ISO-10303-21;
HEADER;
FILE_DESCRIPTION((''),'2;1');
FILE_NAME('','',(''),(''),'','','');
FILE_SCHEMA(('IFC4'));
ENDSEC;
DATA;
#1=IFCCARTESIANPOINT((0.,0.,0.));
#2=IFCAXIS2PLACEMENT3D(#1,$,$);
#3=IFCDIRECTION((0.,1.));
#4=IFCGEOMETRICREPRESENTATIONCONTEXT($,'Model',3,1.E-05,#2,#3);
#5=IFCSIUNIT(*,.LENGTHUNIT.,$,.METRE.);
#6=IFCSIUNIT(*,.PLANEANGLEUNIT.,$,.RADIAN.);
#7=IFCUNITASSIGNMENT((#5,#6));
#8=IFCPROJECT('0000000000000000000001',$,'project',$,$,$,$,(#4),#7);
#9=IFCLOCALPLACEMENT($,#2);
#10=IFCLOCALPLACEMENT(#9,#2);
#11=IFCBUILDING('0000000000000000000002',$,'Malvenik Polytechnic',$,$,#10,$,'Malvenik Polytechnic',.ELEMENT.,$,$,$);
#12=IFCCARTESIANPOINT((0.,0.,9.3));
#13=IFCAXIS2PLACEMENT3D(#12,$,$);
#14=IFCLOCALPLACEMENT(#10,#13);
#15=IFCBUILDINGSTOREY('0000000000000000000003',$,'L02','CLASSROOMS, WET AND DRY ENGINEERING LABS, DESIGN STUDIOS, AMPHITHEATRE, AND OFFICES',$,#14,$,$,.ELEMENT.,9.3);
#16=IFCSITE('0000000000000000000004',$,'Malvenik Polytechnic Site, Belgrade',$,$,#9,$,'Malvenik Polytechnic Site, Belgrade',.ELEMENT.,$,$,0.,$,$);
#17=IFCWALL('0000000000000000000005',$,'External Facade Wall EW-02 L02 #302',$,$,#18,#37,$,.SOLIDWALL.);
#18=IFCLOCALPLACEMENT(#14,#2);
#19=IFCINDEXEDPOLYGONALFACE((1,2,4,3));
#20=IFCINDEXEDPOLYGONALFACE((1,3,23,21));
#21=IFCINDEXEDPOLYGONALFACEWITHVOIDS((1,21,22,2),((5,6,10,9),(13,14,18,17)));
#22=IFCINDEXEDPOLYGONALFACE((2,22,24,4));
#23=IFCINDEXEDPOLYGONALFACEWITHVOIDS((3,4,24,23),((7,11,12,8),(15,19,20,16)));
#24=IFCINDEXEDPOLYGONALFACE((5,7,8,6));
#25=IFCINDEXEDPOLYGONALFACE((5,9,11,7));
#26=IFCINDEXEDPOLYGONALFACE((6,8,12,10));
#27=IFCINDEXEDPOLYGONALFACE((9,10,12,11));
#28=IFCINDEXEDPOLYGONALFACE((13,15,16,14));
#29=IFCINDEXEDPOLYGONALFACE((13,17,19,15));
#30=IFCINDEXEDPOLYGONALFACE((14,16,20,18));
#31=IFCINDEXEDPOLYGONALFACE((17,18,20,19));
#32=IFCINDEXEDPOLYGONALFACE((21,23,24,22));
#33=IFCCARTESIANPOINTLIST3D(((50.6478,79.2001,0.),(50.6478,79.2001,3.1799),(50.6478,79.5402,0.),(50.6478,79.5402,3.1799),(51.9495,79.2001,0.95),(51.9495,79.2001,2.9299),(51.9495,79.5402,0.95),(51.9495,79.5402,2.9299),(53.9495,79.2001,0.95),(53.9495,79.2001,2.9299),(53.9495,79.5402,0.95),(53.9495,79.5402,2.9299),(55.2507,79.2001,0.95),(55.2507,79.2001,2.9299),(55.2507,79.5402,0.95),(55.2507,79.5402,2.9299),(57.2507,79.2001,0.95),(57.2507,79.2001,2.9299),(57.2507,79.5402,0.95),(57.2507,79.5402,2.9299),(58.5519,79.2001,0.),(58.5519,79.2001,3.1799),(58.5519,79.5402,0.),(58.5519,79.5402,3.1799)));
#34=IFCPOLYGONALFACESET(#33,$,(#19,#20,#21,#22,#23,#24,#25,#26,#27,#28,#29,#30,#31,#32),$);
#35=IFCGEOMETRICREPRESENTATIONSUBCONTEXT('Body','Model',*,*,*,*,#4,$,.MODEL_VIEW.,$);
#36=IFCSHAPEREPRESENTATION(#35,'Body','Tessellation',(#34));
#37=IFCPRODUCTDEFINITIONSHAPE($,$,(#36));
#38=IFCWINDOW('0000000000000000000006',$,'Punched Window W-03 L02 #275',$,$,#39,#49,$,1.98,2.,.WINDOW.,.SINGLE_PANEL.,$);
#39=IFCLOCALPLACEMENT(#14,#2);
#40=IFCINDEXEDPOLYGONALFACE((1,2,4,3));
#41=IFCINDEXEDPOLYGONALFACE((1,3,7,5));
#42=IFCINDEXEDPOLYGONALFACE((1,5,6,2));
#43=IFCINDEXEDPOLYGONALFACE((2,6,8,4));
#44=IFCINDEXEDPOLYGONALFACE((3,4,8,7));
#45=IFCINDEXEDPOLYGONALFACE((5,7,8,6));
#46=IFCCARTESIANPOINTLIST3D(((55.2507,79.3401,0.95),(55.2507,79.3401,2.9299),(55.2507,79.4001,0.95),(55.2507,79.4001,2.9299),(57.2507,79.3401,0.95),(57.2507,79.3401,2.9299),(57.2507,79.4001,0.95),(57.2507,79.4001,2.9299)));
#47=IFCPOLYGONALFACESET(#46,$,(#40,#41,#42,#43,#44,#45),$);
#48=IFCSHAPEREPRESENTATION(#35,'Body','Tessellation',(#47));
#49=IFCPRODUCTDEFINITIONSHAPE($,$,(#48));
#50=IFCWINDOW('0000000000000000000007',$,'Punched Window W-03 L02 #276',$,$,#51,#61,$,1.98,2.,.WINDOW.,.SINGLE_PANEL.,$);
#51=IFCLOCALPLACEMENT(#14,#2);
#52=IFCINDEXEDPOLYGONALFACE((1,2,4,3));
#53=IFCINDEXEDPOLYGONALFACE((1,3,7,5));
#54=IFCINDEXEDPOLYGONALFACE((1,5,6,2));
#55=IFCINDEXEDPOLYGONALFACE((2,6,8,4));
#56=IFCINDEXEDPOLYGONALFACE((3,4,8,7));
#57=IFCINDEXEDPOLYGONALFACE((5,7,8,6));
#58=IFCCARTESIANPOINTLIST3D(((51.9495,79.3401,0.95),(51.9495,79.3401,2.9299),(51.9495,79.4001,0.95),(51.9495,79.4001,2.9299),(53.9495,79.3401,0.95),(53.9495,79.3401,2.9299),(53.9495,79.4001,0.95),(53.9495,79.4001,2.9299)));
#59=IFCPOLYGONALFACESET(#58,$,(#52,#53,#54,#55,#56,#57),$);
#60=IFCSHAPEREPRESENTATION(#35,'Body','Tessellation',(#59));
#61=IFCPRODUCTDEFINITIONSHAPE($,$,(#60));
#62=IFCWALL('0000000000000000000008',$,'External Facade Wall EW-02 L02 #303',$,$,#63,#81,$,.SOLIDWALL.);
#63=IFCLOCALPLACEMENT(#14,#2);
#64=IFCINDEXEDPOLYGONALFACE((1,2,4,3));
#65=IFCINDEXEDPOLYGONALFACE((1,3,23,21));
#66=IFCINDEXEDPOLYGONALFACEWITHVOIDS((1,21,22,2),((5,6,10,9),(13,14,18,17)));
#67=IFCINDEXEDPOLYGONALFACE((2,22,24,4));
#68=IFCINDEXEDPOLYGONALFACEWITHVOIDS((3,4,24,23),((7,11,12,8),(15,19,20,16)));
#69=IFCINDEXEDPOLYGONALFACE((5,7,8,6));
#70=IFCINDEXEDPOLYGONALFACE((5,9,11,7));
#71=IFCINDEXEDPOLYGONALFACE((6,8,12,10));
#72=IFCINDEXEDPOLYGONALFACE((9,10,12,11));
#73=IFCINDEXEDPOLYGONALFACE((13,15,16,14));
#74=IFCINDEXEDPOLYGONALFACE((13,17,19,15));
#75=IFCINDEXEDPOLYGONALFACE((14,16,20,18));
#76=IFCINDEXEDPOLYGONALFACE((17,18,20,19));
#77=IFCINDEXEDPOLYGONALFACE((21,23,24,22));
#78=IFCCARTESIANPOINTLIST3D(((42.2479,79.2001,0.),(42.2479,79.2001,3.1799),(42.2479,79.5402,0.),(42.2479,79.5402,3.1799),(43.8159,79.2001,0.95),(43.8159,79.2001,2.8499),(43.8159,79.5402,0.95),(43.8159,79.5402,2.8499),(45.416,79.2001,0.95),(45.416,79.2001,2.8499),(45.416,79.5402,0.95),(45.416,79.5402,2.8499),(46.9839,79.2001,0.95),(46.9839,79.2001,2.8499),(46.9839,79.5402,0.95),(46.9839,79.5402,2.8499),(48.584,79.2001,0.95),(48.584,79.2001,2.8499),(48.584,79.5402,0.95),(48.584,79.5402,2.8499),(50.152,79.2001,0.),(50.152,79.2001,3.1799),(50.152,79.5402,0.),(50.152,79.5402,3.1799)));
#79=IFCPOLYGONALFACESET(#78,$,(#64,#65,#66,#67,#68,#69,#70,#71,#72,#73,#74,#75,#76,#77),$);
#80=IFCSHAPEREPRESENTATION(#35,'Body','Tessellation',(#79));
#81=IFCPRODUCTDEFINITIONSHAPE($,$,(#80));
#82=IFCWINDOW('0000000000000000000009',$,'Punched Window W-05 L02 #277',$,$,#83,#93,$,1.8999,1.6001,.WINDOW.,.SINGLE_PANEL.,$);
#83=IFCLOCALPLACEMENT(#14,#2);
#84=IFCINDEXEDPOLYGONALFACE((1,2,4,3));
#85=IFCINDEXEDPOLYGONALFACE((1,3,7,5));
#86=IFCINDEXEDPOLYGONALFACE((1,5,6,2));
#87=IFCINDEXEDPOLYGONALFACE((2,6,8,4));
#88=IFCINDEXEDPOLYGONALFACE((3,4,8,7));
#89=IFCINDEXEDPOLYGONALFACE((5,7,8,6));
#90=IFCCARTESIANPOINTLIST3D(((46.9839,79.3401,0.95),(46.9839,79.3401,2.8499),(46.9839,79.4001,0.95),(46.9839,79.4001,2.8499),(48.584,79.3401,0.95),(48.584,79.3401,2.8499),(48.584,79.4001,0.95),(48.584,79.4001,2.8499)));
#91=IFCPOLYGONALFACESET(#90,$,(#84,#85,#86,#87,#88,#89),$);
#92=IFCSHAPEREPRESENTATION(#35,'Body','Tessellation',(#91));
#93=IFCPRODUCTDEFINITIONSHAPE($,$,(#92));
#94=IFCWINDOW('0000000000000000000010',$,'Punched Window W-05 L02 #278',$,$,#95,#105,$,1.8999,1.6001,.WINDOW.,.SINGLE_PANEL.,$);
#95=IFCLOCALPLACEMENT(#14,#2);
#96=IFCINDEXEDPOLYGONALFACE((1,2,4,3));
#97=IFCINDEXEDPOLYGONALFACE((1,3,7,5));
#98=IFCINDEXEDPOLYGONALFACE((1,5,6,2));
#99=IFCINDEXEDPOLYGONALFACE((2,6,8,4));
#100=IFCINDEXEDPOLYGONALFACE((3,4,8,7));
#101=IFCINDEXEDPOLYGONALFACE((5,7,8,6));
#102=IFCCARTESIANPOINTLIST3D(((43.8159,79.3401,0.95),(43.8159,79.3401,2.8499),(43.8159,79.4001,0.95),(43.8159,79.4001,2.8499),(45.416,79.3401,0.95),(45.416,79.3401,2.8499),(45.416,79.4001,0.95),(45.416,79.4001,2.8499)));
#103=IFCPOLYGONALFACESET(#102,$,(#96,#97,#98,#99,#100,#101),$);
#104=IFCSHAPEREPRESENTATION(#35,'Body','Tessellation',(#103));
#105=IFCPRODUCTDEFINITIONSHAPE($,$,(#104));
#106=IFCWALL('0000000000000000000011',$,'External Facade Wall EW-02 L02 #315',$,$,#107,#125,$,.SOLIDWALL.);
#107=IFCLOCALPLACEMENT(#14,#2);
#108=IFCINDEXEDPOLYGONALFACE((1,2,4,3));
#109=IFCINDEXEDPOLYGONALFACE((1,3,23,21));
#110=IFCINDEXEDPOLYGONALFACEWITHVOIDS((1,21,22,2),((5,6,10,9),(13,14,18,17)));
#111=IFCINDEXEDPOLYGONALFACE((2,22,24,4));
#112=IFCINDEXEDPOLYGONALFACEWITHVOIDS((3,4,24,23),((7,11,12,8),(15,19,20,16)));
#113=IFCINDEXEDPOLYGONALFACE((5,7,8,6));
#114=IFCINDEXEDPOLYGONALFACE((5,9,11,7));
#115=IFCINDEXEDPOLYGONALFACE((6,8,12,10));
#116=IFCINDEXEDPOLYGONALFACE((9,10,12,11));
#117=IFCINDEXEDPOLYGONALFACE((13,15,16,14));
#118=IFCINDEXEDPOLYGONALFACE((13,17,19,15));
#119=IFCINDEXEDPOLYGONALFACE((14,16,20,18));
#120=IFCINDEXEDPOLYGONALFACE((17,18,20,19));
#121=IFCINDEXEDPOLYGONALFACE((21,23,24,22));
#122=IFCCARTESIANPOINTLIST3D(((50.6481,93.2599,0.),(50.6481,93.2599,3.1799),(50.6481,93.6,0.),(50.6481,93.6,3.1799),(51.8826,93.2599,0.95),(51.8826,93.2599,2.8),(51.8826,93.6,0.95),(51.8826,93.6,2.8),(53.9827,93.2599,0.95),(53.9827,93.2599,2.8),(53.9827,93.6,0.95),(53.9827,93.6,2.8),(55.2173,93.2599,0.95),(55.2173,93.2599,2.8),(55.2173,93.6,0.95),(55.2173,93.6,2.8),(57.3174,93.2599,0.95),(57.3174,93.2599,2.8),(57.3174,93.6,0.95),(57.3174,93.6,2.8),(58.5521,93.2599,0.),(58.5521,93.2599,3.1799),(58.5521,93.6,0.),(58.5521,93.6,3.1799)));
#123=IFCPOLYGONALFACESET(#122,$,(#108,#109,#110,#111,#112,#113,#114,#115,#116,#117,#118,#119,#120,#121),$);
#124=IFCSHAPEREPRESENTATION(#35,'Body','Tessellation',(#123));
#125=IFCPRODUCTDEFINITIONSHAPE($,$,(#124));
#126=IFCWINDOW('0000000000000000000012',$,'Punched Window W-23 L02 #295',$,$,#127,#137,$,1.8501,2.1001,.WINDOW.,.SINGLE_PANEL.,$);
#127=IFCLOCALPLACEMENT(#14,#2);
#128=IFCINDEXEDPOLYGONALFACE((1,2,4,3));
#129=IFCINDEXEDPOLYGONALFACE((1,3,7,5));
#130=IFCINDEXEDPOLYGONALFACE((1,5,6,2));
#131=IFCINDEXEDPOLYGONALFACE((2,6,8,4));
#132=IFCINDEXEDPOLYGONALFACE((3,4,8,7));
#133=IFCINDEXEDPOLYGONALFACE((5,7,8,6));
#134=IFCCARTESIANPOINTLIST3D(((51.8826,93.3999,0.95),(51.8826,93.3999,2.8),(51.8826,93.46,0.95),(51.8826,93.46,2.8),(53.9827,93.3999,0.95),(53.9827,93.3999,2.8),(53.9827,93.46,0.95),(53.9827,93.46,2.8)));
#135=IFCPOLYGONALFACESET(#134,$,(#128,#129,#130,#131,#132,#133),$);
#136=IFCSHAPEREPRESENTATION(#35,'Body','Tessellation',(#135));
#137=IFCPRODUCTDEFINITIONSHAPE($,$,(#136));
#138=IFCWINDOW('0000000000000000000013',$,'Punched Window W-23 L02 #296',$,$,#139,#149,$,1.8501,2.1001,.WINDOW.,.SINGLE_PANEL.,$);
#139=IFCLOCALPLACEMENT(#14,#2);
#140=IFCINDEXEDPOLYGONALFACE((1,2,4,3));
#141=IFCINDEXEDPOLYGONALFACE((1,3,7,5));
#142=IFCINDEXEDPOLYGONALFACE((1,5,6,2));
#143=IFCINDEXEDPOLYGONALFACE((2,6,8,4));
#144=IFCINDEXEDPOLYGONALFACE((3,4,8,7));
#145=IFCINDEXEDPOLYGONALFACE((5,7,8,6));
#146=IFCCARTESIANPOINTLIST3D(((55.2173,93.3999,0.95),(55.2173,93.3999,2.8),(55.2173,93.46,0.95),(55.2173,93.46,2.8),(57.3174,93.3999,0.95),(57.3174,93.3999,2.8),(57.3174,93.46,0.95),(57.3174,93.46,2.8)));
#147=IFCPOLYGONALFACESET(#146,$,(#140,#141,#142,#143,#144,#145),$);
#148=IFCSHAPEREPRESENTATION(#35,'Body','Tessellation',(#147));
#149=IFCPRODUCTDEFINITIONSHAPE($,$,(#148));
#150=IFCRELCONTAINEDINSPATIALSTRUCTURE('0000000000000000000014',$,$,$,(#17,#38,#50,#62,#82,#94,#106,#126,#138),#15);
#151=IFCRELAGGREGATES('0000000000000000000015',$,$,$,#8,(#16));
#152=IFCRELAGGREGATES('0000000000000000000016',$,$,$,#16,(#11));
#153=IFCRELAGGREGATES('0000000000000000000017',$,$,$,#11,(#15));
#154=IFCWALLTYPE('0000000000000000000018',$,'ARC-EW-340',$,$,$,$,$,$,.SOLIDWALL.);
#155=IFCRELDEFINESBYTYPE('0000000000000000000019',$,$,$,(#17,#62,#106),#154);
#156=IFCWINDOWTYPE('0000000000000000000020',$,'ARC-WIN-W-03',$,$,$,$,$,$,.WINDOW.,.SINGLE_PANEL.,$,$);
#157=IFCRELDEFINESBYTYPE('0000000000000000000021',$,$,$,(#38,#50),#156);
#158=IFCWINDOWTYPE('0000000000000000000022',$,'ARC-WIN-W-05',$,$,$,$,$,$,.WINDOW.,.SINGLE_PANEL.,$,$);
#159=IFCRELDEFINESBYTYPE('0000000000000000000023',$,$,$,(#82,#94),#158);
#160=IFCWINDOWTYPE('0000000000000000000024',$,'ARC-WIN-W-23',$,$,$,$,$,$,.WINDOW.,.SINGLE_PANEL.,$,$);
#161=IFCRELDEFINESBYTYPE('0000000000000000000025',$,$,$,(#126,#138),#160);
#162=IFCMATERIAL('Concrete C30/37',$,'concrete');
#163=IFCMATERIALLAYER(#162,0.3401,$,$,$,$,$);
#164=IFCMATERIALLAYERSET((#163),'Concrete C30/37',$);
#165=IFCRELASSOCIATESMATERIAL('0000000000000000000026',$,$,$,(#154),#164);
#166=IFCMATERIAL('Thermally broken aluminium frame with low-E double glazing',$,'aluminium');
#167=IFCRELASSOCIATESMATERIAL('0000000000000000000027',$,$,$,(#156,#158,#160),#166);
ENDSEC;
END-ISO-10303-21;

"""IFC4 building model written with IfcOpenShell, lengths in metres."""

from ifc_helpers import new_model, si_unit, direction, frame, frame_2d, origin, place, context, subcontext, project, spatial, rectangle, extrude, material, layer, layer_set, type_object, element, fill, save


model = new_model("IFC4")

# Units and contexts
model_context = context("Model", 3, precision=1e-05, world=origin(), true_north=direction((0.0, 1.0)))
body_context = subcontext(model_context, "Body", "Model", "MODEL_VIEW")
ifc_project = project(units=[si_unit("LENGTHUNIT", "METRE"), si_unit("PLANEANGLEUNIT", "RADIAN")], contexts=[model_context])

# Site, building, storey
site_placement = place(None, origin())
site = spatial("IfcSite", under=ifc_project, at=site_placement, Name="Malvenik Polytechnic Site, Belgrade", LongName="Malvenik Polytechnic Site, Belgrade", CompositionType="ELEMENT", RefElevation=0.0)
building_placement = place(site_placement, origin())
building = spatial("IfcBuilding", under=site, at=building_placement, Name="Malvenik Polytechnic", LongName="Malvenik Polytechnic", CompositionType="ELEMENT")
storey_placement = place(building_placement, frame((0.0, 0.0, 9.3)))
storey = spatial("IfcBuildingStorey", under=building, at=storey_placement, Name="L02", Description="CLASSROOMS, WET AND DRY ENGINEERING LABS, DESIGN STUDIOS, AMPHITHEATRE, AND OFFICES", CompositionType="ELEMENT", Elevation=9.3)

# Shared definitions
ifc_material_1 = material(Name="Concrete C30/37", Category="concrete")

# Walls, openings, windows
ifc_layer_1 = layer(ifc_material_1, 0.3401)
ifc_layer_set_1 = layer_set([ifc_layer_1], Name="Concrete C30/37")
wall_type_1 = type_object("IfcWallType", Name="ARC-EW-340", PredefinedType="SOLIDWALL", material=ifc_layer_set_1)
wall_1_placement = place(storey_placement, frame((58.552, 79.3701, 0.0), z_axis=(0.0, 0.0, 1.0), x_axis=(-1.0, 0.0, 0.0)))
wall_1 = element("IfcWall", 1, at=wall_1_placement, inside=storey, type_object=wall_type_1, Name="External Facade Wall EW-02 L02 #302", PredefinedType="SOLIDWALL", context=body_context, shape_type="SweptSolid", body=[
    extrude(rectangle(XDim=7.9041, YDim=0.3401, at=frame_2d((3.9521, 0.0))), origin(), (0.0, 0.0, 1.0), 3.1799),
])
opening_1_placement = place(wall_1_placement, frame((1.3013, 0.0, 0.95)))
opening_1 = element("IfcOpeningElement", 2, at=opening_1_placement, cuts=wall_1, PredefinedType="OPENING", context=body_context, shape_type="SweptSolid", body=[
    extrude(rectangle(XDim=2.0, YDim=1.98, at=frame_2d((1.0, 0.99))), frame((0.0, 0.1802, 0.0), z_axis=(0.0, -1.0, 0.0), x_axis=(1.0, 0.0, 0.0)), (0.0, 0.0, 1.0), 0.3601),
])
opening_2_placement = place(wall_1_placement, frame((4.6025, 0.0, 0.95)))
opening_2 = element("IfcOpeningElement", 3, at=opening_2_placement, cuts=wall_1, PredefinedType="OPENING", context=body_context, shape_type="SweptSolid", body=[
    extrude(rectangle(XDim=2.0, YDim=1.98, at=frame_2d((1.0, 0.99))), frame((0.0, 0.1802, 0.0), z_axis=(0.0, -1.0, 0.0), x_axis=(1.0, 0.0, 0.0)), (0.0, 0.0, 1.0), 0.3601),
])
ifc_material_2 = material(Name="Thermally broken aluminium frame with low-E double glazing", Category="aluminium")
window_type_1 = type_object("IfcWindowType", Name="ARC-WIN-W-03", PartitioningType="SINGLE_PANEL", PredefinedType="WINDOW", material=ifc_material_2)
window_1_placement = place(opening_1_placement, origin())
window_1 = element("IfcWindow", 4, at=window_1_placement, inside=storey, type_object=window_type_1, Name="Punched Window W-03 L02 #275", OverallHeight=1.98, OverallWidth=2.0, PartitioningType="SINGLE_PANEL", PredefinedType="WINDOW", context=body_context, shape_type="SweptSolid", body=[
    extrude(rectangle(XDim=2.0, YDim=1.98, at=frame_2d((1.0, 0.99))), frame((0.0, 0.03, 0.0), z_axis=(0.0, -1.0, 0.0), x_axis=(1.0, 0.0, 0.0)), (0.0, 0.0, 1.0), 0.0601),
])
fill(opening_1, window_1)
window_2_placement = place(opening_2_placement, origin())
window_2 = element("IfcWindow", 5, at=window_2_placement, inside=storey, type_object=window_type_1, Name="Punched Window W-03 L02 #276", OverallHeight=1.98, OverallWidth=2.0, PartitioningType="SINGLE_PANEL", PredefinedType="WINDOW", context=body_context, shape_type="SweptSolid", body=[
    extrude(rectangle(XDim=2.0, YDim=1.98, at=frame_2d((1.0, 0.99))), frame((0.0, 0.03, 0.0), z_axis=(0.0, -1.0, 0.0), x_axis=(1.0, 0.0, 0.0)), (0.0, 0.0, 1.0), 0.0601),
])
fill(opening_2, window_2)
wall_2_placement = place(storey_placement, frame((50.1521, 79.3701, 0.0), z_axis=(0.0, 0.0, 1.0), x_axis=(-1.0, 0.0, 0.0)))
wall_2 = element("IfcWall", 6, at=wall_2_placement, inside=storey, type_object=wall_type_1, Name="External Facade Wall EW-02 L02 #303", PredefinedType="SOLIDWALL", context=body_context, shape_type="SweptSolid", body=[
    extrude(rectangle(XDim=7.9041, YDim=0.3401, at=frame_2d((3.9521, 0.0))), origin(), (0.0, 0.0, 1.0), 3.1799),
])
opening_3_placement = place(wall_2_placement, frame((1.5681, 0.0, 0.95)))
opening_3 = element("IfcOpeningElement", 7, at=opening_3_placement, cuts=wall_2, PredefinedType="OPENING", context=body_context, shape_type="SweptSolid", body=[
    extrude(rectangle(XDim=1.6001, YDim=1.8999, at=frame_2d((0.8, 0.95))), frame((0.0, 0.1802, 0.0), z_axis=(0.0, -1.0, 0.0), x_axis=(1.0, 0.0, 0.0)), (0.0, 0.0, 1.0), 0.3601),
])
opening_4_placement = place(wall_2_placement, frame((4.7361, 0.0, 0.95)))
opening_4 = element("IfcOpeningElement", 8, at=opening_4_placement, cuts=wall_2, PredefinedType="OPENING", context=body_context, shape_type="SweptSolid", body=[
    extrude(rectangle(XDim=1.6001, YDim=1.8999, at=frame_2d((0.8, 0.95))), frame((0.0, 0.1802, 0.0), z_axis=(0.0, -1.0, 0.0), x_axis=(1.0, 0.0, 0.0)), (0.0, 0.0, 1.0), 0.3601),
])
window_type_2 = type_object("IfcWindowType", Name="ARC-WIN-W-05", PartitioningType="SINGLE_PANEL", PredefinedType="WINDOW", material=ifc_material_2)
window_3_placement = place(opening_3_placement, origin())
window_3 = element("IfcWindow", 9, at=window_3_placement, inside=storey, type_object=window_type_2, Name="Punched Window W-05 L02 #277", OverallHeight=1.8999, OverallWidth=1.6001, PartitioningType="SINGLE_PANEL", PredefinedType="WINDOW", context=body_context, shape_type="SweptSolid", body=[
    extrude(rectangle(XDim=1.6001, YDim=1.8999, at=frame_2d((0.8, 0.95))), frame((0.0, 0.03, 0.0), z_axis=(0.0, -1.0, 0.0), x_axis=(1.0, 0.0, 0.0)), (0.0, 0.0, 1.0), 0.0601),
])
fill(opening_3, window_3)
window_4_placement = place(opening_4_placement, origin())
window_4 = element("IfcWindow", 10, at=window_4_placement, inside=storey, type_object=window_type_2, Name="Punched Window W-05 L02 #278", OverallHeight=1.8999, OverallWidth=1.6001, PartitioningType="SINGLE_PANEL", PredefinedType="WINDOW", context=body_context, shape_type="SweptSolid", body=[
    extrude(rectangle(XDim=1.6001, YDim=1.8999, at=frame_2d((0.8, 0.95))), frame((0.0, 0.03, 0.0), z_axis=(0.0, -1.0, 0.0), x_axis=(1.0, 0.0, 0.0)), (0.0, 0.0, 1.0), 0.0601),
])
fill(opening_4, window_4)
wall_3_placement = place(storey_placement, frame((50.6479, 93.4299, 0.0), z_axis=(0.0, 0.0, 1.0), x_axis=(1.0, 0.0, 0.0)))
wall_3 = element("IfcWall", 11, at=wall_3_placement, inside=storey, type_object=wall_type_1, Name="External Facade Wall EW-02 L02 #315", PredefinedType="SOLIDWALL", context=body_context, shape_type="SweptSolid", body=[
    extrude(rectangle(XDim=7.9041, YDim=0.3401, at=frame_2d((3.9521, 0.0))), origin(), (0.0, 0.0, 1.0), 3.1799),
])
opening_5_placement = place(wall_3_placement, frame((1.2346, 0.0, 0.95)))
opening_5 = element("IfcOpeningElement", 12, at=opening_5_placement, cuts=wall_3, PredefinedType="OPENING", context=body_context, shape_type="SweptSolid", body=[
    extrude(rectangle(XDim=2.1001, YDim=1.8501, at=frame_2d((1.05, 0.925))), frame((0.0, 0.1802, 0.0), z_axis=(0.0, -1.0, 0.0), x_axis=(1.0, 0.0, 0.0)), (0.0, 0.0, 1.0), 0.3601),
])
opening_6_placement = place(wall_3_placement, frame((4.5693, 0.0, 0.95)))
opening_6 = element("IfcOpeningElement", 13, at=opening_6_placement, cuts=wall_3, PredefinedType="OPENING", context=body_context, shape_type="SweptSolid", body=[
    extrude(rectangle(XDim=2.1001, YDim=1.8501, at=frame_2d((1.05, 0.925))), frame((0.0, 0.1802, 0.0), z_axis=(0.0, -1.0, 0.0), x_axis=(1.0, 0.0, 0.0)), (0.0, 0.0, 1.0), 0.3601),
])
window_type_3 = type_object("IfcWindowType", Name="ARC-WIN-W-23", PartitioningType="SINGLE_PANEL", PredefinedType="WINDOW", material=ifc_material_2)
window_5_placement = place(opening_5_placement, origin())
window_5 = element("IfcWindow", 14, at=window_5_placement, inside=storey, type_object=window_type_3, Name="Punched Window W-23 L02 #295", OverallHeight=1.8501, OverallWidth=2.1001, PartitioningType="SINGLE_PANEL", PredefinedType="WINDOW", context=body_context, shape_type="SweptSolid", body=[
    extrude(rectangle(XDim=2.1001, YDim=1.8501, at=frame_2d((1.05, 0.925))), frame((0.0, 0.03, 0.0), z_axis=(0.0, -1.0, 0.0), x_axis=(1.0, 0.0, 0.0)), (0.0, 0.0, 1.0), 0.0601),
])
fill(opening_5, window_5)
window_6_placement = place(opening_6_placement, origin())
window_6 = element("IfcWindow", 15, at=window_6_placement, inside=storey, type_object=window_type_3, Name="Punched Window W-23 L02 #296", OverallHeight=1.8501, OverallWidth=2.1001, PartitioningType="SINGLE_PANEL", PredefinedType="WINDOW", context=body_context, shape_type="SweptSolid", body=[
    extrude(rectangle(XDim=2.1001, YDim=1.8501, at=frame_2d((1.05, 0.925))), frame((0.0, 0.03, 0.0), z_axis=(0.0, -1.0, 0.0), x_axis=(1.0, 0.0, 0.0)), (0.0, 0.0, 1.0), 0.0601),
])
fill(opening_6, window_6)

save(model, "model.ifc")
